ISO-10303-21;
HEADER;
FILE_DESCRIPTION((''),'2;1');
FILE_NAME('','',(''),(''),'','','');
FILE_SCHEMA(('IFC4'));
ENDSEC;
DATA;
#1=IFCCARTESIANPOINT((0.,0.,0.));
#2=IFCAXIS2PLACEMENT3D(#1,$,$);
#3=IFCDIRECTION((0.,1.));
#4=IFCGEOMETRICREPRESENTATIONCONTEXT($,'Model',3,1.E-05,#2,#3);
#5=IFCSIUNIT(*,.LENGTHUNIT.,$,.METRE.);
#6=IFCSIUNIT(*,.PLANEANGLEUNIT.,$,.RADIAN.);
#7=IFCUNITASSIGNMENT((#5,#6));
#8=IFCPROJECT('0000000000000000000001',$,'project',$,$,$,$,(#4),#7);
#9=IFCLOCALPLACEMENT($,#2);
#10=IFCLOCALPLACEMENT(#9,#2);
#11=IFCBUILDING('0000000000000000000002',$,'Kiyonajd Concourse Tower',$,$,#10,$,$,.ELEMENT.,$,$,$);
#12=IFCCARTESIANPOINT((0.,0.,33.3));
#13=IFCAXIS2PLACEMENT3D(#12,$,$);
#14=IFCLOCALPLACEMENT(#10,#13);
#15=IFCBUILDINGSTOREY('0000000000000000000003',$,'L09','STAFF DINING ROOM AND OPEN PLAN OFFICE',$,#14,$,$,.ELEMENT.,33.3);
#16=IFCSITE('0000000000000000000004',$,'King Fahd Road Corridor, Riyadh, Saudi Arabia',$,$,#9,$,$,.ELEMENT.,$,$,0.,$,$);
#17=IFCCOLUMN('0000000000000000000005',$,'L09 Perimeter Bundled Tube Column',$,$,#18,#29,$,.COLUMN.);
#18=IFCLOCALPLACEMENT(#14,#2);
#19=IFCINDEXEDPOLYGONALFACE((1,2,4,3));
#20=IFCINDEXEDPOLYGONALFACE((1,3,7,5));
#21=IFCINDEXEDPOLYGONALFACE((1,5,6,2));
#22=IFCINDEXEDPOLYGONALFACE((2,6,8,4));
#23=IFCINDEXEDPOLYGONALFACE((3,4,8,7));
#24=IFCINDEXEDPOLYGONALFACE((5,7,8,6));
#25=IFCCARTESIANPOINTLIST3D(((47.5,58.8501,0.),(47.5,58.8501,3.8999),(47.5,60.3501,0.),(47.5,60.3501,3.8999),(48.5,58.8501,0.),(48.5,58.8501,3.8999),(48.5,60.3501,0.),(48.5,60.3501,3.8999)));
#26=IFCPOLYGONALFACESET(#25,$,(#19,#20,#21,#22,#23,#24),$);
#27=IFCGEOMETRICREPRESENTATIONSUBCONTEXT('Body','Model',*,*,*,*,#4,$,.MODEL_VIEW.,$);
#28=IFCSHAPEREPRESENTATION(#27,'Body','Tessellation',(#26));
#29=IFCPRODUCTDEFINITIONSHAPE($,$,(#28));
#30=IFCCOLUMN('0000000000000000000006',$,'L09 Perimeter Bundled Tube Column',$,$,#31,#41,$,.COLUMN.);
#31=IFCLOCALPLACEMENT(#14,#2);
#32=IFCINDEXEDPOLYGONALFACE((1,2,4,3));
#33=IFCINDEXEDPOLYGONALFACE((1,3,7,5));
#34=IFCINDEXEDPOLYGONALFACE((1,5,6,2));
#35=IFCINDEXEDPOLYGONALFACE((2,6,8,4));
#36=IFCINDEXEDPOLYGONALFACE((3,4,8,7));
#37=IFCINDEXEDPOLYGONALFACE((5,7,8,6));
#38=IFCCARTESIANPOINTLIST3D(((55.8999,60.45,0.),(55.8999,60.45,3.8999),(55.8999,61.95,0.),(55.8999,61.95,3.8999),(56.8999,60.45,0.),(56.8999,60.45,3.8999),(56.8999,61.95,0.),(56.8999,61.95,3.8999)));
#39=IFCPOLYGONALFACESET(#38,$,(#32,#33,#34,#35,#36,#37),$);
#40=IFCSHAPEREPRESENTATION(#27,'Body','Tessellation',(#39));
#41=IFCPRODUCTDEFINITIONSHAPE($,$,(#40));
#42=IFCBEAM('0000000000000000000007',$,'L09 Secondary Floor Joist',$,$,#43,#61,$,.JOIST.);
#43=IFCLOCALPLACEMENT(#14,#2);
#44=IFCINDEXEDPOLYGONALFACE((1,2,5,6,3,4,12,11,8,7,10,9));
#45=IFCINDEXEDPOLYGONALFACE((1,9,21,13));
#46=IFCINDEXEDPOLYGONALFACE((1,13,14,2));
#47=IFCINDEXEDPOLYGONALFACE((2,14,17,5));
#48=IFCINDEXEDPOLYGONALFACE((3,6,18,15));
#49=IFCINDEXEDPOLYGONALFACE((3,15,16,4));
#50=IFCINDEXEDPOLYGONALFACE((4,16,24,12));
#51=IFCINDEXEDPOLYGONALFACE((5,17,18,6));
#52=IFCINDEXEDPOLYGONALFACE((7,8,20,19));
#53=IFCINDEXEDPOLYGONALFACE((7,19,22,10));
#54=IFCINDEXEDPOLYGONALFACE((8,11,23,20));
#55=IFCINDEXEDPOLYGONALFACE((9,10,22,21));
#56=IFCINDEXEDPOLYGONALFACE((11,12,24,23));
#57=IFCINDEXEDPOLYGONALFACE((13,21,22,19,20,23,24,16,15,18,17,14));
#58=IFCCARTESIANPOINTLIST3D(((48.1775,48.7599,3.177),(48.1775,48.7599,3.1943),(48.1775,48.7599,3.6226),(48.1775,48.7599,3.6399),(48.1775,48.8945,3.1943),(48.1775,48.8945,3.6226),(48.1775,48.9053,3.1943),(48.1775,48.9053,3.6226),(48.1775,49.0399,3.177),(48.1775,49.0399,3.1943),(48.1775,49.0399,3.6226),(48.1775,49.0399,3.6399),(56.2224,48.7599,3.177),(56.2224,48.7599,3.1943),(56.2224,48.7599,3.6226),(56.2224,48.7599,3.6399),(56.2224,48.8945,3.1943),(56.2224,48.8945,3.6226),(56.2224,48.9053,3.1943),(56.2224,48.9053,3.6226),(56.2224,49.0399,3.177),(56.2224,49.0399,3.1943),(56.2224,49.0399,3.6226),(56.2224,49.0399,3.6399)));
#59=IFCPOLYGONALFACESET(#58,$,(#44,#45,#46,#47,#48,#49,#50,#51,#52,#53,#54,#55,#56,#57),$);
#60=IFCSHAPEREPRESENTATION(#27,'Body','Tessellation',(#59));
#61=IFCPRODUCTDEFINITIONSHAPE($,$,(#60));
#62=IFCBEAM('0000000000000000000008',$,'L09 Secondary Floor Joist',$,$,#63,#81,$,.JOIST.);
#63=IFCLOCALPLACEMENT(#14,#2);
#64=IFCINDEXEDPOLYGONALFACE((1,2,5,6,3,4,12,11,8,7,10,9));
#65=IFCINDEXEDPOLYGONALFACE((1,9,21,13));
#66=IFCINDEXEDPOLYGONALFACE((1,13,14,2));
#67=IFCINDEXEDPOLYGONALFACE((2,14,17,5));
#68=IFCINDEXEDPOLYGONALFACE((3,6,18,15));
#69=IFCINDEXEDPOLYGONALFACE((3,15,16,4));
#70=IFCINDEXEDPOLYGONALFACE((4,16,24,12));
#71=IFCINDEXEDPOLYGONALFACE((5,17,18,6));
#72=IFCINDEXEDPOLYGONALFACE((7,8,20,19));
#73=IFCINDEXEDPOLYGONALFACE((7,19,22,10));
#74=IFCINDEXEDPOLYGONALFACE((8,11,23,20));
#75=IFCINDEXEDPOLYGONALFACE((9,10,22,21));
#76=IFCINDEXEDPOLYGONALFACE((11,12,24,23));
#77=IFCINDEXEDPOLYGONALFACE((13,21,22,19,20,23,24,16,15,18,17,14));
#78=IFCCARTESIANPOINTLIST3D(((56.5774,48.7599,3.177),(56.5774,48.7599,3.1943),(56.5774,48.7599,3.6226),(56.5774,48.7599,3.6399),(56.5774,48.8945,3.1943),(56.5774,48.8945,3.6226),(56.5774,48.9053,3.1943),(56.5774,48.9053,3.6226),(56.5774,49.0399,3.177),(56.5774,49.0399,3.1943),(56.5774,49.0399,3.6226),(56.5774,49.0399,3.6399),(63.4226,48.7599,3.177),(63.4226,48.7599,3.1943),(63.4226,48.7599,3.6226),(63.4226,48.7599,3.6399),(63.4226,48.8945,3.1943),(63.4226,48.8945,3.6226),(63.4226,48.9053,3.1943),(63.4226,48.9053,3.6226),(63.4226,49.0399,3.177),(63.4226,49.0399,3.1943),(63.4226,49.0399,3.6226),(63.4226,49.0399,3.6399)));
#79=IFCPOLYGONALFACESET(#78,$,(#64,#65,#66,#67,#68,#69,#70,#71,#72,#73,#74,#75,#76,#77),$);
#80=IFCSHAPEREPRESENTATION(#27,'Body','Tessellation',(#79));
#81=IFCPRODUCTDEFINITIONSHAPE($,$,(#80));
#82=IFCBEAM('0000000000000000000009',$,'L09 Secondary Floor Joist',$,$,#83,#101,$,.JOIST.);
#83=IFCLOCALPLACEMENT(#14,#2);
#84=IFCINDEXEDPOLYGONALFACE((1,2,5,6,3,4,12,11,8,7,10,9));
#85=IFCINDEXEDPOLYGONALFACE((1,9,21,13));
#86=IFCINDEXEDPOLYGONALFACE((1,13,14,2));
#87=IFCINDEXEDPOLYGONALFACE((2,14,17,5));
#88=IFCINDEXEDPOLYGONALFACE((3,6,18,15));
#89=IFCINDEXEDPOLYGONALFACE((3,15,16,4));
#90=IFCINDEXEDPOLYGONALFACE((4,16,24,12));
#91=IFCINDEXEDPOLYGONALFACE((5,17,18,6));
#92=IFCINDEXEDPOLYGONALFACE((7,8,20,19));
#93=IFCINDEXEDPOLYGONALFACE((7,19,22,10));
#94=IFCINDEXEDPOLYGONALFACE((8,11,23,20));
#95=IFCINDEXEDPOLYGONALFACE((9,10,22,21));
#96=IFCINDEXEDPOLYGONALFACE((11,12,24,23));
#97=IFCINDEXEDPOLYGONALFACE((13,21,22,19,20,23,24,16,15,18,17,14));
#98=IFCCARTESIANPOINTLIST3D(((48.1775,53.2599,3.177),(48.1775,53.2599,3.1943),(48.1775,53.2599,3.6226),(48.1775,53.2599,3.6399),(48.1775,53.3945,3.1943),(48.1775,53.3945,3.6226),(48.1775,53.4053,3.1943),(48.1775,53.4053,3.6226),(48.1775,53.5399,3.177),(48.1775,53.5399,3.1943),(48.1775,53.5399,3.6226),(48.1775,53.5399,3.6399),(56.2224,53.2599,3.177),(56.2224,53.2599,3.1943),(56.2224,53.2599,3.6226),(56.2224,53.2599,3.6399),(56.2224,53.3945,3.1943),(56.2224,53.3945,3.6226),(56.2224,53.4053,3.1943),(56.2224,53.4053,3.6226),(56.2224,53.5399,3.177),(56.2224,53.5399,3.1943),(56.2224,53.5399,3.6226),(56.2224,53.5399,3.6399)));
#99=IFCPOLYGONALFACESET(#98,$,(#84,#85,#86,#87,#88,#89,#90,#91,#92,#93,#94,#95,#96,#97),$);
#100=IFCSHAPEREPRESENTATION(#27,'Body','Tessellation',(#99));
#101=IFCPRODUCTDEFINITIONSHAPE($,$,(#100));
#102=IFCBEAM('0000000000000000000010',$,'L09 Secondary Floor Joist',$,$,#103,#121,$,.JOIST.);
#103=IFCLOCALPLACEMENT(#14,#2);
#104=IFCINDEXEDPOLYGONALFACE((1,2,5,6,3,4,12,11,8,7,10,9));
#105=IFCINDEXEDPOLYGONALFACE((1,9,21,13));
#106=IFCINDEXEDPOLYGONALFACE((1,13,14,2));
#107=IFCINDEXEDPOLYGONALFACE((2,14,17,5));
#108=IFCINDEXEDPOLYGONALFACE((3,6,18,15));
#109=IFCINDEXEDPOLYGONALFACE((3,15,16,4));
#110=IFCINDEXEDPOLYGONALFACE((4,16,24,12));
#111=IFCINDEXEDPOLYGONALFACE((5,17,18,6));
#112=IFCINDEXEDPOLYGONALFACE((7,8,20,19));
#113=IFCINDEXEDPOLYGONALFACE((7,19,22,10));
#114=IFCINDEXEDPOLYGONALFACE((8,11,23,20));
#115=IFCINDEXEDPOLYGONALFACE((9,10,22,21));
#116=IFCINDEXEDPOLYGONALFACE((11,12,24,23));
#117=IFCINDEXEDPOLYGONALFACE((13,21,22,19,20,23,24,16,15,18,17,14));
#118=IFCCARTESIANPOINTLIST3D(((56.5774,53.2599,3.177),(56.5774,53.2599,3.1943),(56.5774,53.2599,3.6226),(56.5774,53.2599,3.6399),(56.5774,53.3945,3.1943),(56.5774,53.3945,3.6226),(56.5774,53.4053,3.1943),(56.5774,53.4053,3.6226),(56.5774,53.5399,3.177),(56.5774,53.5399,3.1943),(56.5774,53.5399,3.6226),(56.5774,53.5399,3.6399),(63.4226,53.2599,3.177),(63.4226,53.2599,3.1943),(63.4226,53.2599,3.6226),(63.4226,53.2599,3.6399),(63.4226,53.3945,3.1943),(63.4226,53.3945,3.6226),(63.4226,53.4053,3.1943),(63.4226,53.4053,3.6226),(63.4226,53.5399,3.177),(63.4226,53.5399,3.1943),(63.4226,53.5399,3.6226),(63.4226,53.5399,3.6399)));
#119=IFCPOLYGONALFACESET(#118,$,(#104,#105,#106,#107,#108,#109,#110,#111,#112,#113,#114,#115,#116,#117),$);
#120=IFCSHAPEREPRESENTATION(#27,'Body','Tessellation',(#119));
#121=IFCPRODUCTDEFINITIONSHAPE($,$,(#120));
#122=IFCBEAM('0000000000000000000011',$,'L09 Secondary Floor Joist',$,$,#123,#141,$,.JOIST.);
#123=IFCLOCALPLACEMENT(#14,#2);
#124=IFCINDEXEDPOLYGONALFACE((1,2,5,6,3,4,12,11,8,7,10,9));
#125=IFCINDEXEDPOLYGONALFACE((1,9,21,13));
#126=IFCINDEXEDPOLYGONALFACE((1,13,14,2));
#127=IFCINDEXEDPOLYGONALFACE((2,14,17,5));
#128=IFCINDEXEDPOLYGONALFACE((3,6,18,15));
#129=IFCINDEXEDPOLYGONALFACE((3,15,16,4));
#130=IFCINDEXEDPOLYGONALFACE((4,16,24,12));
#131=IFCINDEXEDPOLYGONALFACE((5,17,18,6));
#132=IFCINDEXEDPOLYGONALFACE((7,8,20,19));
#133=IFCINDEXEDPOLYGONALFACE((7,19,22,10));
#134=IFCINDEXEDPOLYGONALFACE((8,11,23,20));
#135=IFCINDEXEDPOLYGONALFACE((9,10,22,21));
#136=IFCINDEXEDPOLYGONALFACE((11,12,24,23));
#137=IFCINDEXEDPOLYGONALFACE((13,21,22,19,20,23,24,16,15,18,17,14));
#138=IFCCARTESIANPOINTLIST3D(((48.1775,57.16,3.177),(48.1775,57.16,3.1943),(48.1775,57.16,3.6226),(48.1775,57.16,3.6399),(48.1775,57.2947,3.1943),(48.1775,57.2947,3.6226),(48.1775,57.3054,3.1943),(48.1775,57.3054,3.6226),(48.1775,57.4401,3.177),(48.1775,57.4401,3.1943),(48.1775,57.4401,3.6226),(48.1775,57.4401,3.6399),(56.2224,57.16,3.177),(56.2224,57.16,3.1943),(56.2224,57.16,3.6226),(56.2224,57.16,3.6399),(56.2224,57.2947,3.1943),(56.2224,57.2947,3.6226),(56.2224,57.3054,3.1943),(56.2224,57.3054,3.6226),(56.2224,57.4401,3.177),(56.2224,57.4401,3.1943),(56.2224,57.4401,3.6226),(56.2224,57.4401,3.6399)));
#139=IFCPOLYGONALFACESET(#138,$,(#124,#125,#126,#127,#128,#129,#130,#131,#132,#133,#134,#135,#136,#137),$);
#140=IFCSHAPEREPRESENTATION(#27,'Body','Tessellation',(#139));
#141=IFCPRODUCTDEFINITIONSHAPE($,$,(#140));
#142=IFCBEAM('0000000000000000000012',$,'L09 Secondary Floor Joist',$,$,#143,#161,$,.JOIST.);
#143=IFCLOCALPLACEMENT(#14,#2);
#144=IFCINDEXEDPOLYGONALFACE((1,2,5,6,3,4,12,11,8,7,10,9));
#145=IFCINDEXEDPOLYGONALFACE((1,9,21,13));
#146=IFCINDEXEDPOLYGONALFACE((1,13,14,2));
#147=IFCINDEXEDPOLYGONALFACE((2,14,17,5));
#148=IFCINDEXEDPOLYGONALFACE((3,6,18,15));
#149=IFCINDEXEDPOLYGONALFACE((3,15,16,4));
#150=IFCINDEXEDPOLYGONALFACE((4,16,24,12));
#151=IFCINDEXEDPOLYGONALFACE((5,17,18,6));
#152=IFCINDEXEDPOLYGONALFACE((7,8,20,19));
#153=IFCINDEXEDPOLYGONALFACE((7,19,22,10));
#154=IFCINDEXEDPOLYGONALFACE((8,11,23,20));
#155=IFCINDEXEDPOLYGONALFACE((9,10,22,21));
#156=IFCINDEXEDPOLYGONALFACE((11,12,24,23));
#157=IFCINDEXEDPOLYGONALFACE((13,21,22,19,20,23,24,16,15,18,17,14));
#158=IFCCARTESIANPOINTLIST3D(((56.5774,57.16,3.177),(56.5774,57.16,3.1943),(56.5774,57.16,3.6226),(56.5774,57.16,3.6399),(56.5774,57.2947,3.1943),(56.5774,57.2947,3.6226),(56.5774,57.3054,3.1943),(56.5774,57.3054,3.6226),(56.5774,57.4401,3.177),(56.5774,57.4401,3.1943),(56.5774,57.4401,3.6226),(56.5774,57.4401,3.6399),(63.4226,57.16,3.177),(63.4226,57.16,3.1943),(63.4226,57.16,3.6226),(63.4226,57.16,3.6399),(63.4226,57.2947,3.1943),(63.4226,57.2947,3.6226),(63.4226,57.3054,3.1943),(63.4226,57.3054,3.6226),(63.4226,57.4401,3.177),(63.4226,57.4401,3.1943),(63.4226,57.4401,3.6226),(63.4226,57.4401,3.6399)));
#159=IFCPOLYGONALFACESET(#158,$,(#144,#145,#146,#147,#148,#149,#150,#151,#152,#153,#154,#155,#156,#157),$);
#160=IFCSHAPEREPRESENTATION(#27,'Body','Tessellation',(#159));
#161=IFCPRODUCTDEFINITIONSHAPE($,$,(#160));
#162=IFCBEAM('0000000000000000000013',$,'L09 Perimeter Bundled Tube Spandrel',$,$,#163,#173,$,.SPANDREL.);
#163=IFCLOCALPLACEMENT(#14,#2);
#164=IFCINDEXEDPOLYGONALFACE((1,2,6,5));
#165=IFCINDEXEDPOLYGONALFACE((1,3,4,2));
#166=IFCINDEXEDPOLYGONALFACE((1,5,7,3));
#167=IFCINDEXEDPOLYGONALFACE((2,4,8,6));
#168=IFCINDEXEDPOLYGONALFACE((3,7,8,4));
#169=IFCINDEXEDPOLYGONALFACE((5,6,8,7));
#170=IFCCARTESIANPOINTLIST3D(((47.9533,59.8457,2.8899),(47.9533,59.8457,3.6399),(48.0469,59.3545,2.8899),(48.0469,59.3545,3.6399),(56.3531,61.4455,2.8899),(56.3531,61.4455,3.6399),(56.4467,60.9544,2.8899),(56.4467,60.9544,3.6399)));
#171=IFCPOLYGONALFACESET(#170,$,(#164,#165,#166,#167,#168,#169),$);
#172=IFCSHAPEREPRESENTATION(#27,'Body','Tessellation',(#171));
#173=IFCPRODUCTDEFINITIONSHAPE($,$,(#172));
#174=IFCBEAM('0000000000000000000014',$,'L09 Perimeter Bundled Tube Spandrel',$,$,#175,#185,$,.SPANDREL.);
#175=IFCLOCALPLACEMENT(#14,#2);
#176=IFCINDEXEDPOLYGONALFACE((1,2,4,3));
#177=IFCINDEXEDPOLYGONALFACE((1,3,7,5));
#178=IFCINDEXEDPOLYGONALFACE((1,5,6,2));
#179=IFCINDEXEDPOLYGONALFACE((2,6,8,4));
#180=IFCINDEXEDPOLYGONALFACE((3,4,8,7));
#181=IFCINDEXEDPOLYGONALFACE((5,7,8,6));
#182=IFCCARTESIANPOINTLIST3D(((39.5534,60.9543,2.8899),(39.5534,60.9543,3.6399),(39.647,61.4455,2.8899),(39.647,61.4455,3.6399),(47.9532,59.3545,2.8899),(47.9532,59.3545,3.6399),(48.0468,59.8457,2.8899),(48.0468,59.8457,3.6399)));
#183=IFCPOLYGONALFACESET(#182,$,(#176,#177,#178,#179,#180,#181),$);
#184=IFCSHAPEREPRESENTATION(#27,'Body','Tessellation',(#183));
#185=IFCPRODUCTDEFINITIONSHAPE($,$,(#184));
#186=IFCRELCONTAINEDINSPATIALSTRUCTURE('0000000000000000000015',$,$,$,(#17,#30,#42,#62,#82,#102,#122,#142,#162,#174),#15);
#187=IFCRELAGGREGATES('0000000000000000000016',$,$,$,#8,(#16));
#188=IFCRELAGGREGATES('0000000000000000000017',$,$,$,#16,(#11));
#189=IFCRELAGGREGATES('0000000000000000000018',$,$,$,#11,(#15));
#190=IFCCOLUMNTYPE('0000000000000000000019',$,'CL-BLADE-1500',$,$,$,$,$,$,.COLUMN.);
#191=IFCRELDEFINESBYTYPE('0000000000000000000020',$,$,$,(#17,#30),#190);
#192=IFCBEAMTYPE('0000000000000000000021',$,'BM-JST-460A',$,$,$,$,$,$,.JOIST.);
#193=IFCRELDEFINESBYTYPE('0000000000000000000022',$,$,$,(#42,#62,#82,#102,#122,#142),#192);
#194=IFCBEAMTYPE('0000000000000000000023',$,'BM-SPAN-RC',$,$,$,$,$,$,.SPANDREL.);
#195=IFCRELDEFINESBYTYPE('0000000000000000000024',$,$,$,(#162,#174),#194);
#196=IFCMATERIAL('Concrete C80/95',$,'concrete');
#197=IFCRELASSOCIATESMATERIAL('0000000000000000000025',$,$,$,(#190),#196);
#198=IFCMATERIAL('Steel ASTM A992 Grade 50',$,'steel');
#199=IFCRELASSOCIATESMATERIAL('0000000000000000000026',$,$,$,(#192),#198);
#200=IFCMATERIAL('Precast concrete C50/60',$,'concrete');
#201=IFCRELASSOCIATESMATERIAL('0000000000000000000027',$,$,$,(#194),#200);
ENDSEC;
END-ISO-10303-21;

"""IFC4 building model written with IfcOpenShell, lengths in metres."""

from ifc_helpers import new_model, si_unit, direction, frame, origin, origin_2d, place, context, subcontext, project, spatial, rectangle, i_section, extrude, material, material_profile, profile_set, type_object, element, save


model = new_model("IFC4")

# Units and contexts
model_context = context("Model", 3, precision=1e-05, world=origin(), true_north=direction((0.0, 1.0)))
body_context = subcontext(model_context, "Body", "Model", "MODEL_VIEW")
ifc_project = project(units=[si_unit("LENGTHUNIT", "METRE"), si_unit("PLANEANGLEUNIT", "RADIAN")], contexts=[model_context])

# Site, building, storey
site_placement = place(None, origin())
site = spatial("IfcSite", under=ifc_project, at=site_placement, Name="King Fahd Road Corridor, Riyadh, Saudi Arabia", CompositionType="ELEMENT", RefElevation=0.0)
building_placement = place(site_placement, origin())
building = spatial("IfcBuilding", under=site, at=building_placement, Name="Kiyonajd Concourse Tower", CompositionType="ELEMENT")
storey_placement = place(building_placement, frame((0.0, 0.0, 33.3)))
storey = spatial("IfcBuildingStorey", under=building, at=storey_placement, Name="L09", Description="STAFF DINING ROOM AND OPEN PLAN OFFICE", CompositionType="ELEMENT", Elevation=33.3)

# Columns
ifc_material_1 = material(Name="Concrete C80/95", Category="concrete")
ifc_material_profile_1 = material_profile(ifc_material_1, rectangle(XDim=1.0, YDim=1.5, at=origin_2d()), Name="RC-1500x1000")
ifc_profile_set_1 = profile_set([ifc_material_profile_1], Name="Concrete C80/95")
column_type = type_object("IfcColumnType", Name="CL-BLADE-1500", PredefinedType="COLUMN", material=ifc_profile_set_1)
for number, where, z_axis, x_axis, name in (
    (1, (48.0, 59.6001, 0.0), (0.0, 0.0, 1.0), (1.0, 0.0, 0.0), "L09 Perimeter Bundled Tube Column"),
    (2, (56.3999, 61.2, 0.0), (0.0, 0.0, 1.0), (1.0, 0.0, 0.0), "L09 Perimeter Bundled Tube Column"),
):
    element("IfcColumn", number, at=place(storey_placement, frame(where, z_axis=z_axis, x_axis=x_axis)), inside=storey, type_object=column_type, Name=name, PredefinedType="COLUMN", context=body_context, shape_type="SweptSolid", body=[
        extrude(rectangle(XDim=1.0, YDim=1.5, at=origin_2d()), origin(), (0.0, 0.0, 1.0), 3.8999),
    ])

# Beams
ifc_material_2 = material(Name="Steel ASTM A992 Grade 50", Category="steel")
ifc_material_profile_2 = material_profile(ifc_material_2, i_section(OverallWidth=0.28, OverallDepth=0.4629, WebThickness=0.0107, FlangeThickness=0.0173, at=origin_2d()), Name="W460X113")
ifc_profile_set_2 = profile_set([ifc_material_profile_2], Name="Steel ASTM A992 Grade 50")
beam_type_1 = type_object("IfcBeamType", Name="BM-JST-460A", PredefinedType="JOIST", material=ifc_profile_set_2)
beam_1_placement = place(storey_placement, frame((48.1775, 48.8999, 3.4084), z_axis=(1.0, 0.0, 0.0), x_axis=(0.0, 1.0, 0.0)))
element("IfcBeam", 3, at=beam_1_placement, inside=storey, type_object=beam_type_1, Name="L09 Secondary Floor Joist", PredefinedType="JOIST", context=body_context, shape_type="SweptSolid", body=[
    extrude(i_section(OverallWidth=0.28, OverallDepth=0.4629, WebThickness=0.0107, FlangeThickness=0.0173, at=origin_2d()), origin(), (0.0, 0.0, 1.0), 8.0449),
])
beam_2_placement = place(storey_placement, frame((56.5774, 48.8999, 3.4084), z_axis=(1.0, 0.0, 0.0), x_axis=(0.0, 1.0, 0.0)))
element("IfcBeam", 4, at=beam_2_placement, inside=storey, type_object=beam_type_1, Name="L09 Secondary Floor Joist", PredefinedType="JOIST", context=body_context, shape_type="SweptSolid", body=[
    extrude(i_section(OverallWidth=0.28, OverallDepth=0.4629, WebThickness=0.0107, FlangeThickness=0.0173, at=origin_2d()), origin(), (0.0, 0.0, 1.0), 6.8452),
])
beam_3_placement = place(storey_placement, frame((48.1775, 53.3999, 3.4084), z_axis=(1.0, 0.0, 0.0), x_axis=(0.0, 1.0, 0.0)))
element("IfcBeam", 5, at=beam_3_placement, inside=storey, type_object=beam_type_1, Name="L09 Secondary Floor Joist", PredefinedType="JOIST", context=body_context, shape_type="SweptSolid", body=[
    extrude(i_section(OverallWidth=0.28, OverallDepth=0.4629, WebThickness=0.0107, FlangeThickness=0.0173, at=origin_2d()), origin(), (0.0, 0.0, 1.0), 8.0449),
])
beam_4_placement = place(storey_placement, frame((56.5774, 53.3999, 3.4084), z_axis=(1.0, 0.0, 0.0), x_axis=(0.0, 1.0, 0.0)))
element("IfcBeam", 6, at=beam_4_placement, inside=storey, type_object=beam_type_1, Name="L09 Secondary Floor Joist", PredefinedType="JOIST", context=body_context, shape_type="SweptSolid", body=[
    extrude(i_section(OverallWidth=0.28, OverallDepth=0.4629, WebThickness=0.0107, FlangeThickness=0.0173, at=origin_2d()), origin(), (0.0, 0.0, 1.0), 6.8452),
])
beam_5_placement = place(storey_placement, frame((48.1775, 57.3, 3.4084), z_axis=(1.0, 0.0, 0.0), x_axis=(0.0, 1.0, 0.0)))
element("IfcBeam", 7, at=beam_5_placement, inside=storey, type_object=beam_type_1, Name="L09 Secondary Floor Joist", PredefinedType="JOIST", context=body_context, shape_type="SweptSolid", body=[
    extrude(i_section(OverallWidth=0.28, OverallDepth=0.4629, WebThickness=0.0107, FlangeThickness=0.0173, at=origin_2d()), origin(), (0.0, 0.0, 1.0), 8.0449),
])
beam_6_placement = place(storey_placement, frame((56.5774, 57.3, 3.4084), z_axis=(1.0, 0.0, 0.0), x_axis=(0.0, 1.0, 0.0)))
element("IfcBeam", 8, at=beam_6_placement, inside=storey, type_object=beam_type_1, Name="L09 Secondary Floor Joist", PredefinedType="JOIST", context=body_context, shape_type="SweptSolid", body=[
    extrude(i_section(OverallWidth=0.28, OverallDepth=0.4629, WebThickness=0.0107, FlangeThickness=0.0173, at=origin_2d()), origin(), (0.0, 0.0, 1.0), 6.8452),
])
ifc_material_3 = material(Name="Precast concrete C50/60", Category="concrete")
ifc_material_profile_3 = material_profile(ifc_material_3, rectangle(XDim=0.5, YDim=0.75, at=origin_2d()), Name="RCBM-500x750")
ifc_profile_set_3 = profile_set([ifc_material_profile_3], Name="Precast concrete C50/60")
beam_type_2 = type_object("IfcBeamType", Name="BM-SPAN-RC", PredefinedType="SPANDREL", material=ifc_profile_set_3)
for number, where, z_axis, x_axis, name in (
    (9, (56.3999, 61.2, 3.2649), (-0.982341, -0.187098, 0.0), (0.187098, -0.982341, 0.0), "L09 Perimeter Bundled Tube Spandrel"),
    (10, (48.0, 59.6001, 3.2649), (-0.982341, 0.187098, 0.0), (-0.187098, -0.982341, 0.0), "L09 Perimeter Bundled Tube Spandrel"),
):
    element("IfcBeam", number, at=place(storey_placement, frame(where, z_axis=z_axis, x_axis=x_axis)), inside=storey, type_object=beam_type_2, Name=name, PredefinedType="SPANDREL", context=body_context, shape_type="SweptSolid", body=[
        extrude(rectangle(XDim=0.5, YDim=0.75, at=origin_2d()), origin(), (0.0, 0.0, 1.0), 8.5508),
    ])

save(model, "model.ifc")
